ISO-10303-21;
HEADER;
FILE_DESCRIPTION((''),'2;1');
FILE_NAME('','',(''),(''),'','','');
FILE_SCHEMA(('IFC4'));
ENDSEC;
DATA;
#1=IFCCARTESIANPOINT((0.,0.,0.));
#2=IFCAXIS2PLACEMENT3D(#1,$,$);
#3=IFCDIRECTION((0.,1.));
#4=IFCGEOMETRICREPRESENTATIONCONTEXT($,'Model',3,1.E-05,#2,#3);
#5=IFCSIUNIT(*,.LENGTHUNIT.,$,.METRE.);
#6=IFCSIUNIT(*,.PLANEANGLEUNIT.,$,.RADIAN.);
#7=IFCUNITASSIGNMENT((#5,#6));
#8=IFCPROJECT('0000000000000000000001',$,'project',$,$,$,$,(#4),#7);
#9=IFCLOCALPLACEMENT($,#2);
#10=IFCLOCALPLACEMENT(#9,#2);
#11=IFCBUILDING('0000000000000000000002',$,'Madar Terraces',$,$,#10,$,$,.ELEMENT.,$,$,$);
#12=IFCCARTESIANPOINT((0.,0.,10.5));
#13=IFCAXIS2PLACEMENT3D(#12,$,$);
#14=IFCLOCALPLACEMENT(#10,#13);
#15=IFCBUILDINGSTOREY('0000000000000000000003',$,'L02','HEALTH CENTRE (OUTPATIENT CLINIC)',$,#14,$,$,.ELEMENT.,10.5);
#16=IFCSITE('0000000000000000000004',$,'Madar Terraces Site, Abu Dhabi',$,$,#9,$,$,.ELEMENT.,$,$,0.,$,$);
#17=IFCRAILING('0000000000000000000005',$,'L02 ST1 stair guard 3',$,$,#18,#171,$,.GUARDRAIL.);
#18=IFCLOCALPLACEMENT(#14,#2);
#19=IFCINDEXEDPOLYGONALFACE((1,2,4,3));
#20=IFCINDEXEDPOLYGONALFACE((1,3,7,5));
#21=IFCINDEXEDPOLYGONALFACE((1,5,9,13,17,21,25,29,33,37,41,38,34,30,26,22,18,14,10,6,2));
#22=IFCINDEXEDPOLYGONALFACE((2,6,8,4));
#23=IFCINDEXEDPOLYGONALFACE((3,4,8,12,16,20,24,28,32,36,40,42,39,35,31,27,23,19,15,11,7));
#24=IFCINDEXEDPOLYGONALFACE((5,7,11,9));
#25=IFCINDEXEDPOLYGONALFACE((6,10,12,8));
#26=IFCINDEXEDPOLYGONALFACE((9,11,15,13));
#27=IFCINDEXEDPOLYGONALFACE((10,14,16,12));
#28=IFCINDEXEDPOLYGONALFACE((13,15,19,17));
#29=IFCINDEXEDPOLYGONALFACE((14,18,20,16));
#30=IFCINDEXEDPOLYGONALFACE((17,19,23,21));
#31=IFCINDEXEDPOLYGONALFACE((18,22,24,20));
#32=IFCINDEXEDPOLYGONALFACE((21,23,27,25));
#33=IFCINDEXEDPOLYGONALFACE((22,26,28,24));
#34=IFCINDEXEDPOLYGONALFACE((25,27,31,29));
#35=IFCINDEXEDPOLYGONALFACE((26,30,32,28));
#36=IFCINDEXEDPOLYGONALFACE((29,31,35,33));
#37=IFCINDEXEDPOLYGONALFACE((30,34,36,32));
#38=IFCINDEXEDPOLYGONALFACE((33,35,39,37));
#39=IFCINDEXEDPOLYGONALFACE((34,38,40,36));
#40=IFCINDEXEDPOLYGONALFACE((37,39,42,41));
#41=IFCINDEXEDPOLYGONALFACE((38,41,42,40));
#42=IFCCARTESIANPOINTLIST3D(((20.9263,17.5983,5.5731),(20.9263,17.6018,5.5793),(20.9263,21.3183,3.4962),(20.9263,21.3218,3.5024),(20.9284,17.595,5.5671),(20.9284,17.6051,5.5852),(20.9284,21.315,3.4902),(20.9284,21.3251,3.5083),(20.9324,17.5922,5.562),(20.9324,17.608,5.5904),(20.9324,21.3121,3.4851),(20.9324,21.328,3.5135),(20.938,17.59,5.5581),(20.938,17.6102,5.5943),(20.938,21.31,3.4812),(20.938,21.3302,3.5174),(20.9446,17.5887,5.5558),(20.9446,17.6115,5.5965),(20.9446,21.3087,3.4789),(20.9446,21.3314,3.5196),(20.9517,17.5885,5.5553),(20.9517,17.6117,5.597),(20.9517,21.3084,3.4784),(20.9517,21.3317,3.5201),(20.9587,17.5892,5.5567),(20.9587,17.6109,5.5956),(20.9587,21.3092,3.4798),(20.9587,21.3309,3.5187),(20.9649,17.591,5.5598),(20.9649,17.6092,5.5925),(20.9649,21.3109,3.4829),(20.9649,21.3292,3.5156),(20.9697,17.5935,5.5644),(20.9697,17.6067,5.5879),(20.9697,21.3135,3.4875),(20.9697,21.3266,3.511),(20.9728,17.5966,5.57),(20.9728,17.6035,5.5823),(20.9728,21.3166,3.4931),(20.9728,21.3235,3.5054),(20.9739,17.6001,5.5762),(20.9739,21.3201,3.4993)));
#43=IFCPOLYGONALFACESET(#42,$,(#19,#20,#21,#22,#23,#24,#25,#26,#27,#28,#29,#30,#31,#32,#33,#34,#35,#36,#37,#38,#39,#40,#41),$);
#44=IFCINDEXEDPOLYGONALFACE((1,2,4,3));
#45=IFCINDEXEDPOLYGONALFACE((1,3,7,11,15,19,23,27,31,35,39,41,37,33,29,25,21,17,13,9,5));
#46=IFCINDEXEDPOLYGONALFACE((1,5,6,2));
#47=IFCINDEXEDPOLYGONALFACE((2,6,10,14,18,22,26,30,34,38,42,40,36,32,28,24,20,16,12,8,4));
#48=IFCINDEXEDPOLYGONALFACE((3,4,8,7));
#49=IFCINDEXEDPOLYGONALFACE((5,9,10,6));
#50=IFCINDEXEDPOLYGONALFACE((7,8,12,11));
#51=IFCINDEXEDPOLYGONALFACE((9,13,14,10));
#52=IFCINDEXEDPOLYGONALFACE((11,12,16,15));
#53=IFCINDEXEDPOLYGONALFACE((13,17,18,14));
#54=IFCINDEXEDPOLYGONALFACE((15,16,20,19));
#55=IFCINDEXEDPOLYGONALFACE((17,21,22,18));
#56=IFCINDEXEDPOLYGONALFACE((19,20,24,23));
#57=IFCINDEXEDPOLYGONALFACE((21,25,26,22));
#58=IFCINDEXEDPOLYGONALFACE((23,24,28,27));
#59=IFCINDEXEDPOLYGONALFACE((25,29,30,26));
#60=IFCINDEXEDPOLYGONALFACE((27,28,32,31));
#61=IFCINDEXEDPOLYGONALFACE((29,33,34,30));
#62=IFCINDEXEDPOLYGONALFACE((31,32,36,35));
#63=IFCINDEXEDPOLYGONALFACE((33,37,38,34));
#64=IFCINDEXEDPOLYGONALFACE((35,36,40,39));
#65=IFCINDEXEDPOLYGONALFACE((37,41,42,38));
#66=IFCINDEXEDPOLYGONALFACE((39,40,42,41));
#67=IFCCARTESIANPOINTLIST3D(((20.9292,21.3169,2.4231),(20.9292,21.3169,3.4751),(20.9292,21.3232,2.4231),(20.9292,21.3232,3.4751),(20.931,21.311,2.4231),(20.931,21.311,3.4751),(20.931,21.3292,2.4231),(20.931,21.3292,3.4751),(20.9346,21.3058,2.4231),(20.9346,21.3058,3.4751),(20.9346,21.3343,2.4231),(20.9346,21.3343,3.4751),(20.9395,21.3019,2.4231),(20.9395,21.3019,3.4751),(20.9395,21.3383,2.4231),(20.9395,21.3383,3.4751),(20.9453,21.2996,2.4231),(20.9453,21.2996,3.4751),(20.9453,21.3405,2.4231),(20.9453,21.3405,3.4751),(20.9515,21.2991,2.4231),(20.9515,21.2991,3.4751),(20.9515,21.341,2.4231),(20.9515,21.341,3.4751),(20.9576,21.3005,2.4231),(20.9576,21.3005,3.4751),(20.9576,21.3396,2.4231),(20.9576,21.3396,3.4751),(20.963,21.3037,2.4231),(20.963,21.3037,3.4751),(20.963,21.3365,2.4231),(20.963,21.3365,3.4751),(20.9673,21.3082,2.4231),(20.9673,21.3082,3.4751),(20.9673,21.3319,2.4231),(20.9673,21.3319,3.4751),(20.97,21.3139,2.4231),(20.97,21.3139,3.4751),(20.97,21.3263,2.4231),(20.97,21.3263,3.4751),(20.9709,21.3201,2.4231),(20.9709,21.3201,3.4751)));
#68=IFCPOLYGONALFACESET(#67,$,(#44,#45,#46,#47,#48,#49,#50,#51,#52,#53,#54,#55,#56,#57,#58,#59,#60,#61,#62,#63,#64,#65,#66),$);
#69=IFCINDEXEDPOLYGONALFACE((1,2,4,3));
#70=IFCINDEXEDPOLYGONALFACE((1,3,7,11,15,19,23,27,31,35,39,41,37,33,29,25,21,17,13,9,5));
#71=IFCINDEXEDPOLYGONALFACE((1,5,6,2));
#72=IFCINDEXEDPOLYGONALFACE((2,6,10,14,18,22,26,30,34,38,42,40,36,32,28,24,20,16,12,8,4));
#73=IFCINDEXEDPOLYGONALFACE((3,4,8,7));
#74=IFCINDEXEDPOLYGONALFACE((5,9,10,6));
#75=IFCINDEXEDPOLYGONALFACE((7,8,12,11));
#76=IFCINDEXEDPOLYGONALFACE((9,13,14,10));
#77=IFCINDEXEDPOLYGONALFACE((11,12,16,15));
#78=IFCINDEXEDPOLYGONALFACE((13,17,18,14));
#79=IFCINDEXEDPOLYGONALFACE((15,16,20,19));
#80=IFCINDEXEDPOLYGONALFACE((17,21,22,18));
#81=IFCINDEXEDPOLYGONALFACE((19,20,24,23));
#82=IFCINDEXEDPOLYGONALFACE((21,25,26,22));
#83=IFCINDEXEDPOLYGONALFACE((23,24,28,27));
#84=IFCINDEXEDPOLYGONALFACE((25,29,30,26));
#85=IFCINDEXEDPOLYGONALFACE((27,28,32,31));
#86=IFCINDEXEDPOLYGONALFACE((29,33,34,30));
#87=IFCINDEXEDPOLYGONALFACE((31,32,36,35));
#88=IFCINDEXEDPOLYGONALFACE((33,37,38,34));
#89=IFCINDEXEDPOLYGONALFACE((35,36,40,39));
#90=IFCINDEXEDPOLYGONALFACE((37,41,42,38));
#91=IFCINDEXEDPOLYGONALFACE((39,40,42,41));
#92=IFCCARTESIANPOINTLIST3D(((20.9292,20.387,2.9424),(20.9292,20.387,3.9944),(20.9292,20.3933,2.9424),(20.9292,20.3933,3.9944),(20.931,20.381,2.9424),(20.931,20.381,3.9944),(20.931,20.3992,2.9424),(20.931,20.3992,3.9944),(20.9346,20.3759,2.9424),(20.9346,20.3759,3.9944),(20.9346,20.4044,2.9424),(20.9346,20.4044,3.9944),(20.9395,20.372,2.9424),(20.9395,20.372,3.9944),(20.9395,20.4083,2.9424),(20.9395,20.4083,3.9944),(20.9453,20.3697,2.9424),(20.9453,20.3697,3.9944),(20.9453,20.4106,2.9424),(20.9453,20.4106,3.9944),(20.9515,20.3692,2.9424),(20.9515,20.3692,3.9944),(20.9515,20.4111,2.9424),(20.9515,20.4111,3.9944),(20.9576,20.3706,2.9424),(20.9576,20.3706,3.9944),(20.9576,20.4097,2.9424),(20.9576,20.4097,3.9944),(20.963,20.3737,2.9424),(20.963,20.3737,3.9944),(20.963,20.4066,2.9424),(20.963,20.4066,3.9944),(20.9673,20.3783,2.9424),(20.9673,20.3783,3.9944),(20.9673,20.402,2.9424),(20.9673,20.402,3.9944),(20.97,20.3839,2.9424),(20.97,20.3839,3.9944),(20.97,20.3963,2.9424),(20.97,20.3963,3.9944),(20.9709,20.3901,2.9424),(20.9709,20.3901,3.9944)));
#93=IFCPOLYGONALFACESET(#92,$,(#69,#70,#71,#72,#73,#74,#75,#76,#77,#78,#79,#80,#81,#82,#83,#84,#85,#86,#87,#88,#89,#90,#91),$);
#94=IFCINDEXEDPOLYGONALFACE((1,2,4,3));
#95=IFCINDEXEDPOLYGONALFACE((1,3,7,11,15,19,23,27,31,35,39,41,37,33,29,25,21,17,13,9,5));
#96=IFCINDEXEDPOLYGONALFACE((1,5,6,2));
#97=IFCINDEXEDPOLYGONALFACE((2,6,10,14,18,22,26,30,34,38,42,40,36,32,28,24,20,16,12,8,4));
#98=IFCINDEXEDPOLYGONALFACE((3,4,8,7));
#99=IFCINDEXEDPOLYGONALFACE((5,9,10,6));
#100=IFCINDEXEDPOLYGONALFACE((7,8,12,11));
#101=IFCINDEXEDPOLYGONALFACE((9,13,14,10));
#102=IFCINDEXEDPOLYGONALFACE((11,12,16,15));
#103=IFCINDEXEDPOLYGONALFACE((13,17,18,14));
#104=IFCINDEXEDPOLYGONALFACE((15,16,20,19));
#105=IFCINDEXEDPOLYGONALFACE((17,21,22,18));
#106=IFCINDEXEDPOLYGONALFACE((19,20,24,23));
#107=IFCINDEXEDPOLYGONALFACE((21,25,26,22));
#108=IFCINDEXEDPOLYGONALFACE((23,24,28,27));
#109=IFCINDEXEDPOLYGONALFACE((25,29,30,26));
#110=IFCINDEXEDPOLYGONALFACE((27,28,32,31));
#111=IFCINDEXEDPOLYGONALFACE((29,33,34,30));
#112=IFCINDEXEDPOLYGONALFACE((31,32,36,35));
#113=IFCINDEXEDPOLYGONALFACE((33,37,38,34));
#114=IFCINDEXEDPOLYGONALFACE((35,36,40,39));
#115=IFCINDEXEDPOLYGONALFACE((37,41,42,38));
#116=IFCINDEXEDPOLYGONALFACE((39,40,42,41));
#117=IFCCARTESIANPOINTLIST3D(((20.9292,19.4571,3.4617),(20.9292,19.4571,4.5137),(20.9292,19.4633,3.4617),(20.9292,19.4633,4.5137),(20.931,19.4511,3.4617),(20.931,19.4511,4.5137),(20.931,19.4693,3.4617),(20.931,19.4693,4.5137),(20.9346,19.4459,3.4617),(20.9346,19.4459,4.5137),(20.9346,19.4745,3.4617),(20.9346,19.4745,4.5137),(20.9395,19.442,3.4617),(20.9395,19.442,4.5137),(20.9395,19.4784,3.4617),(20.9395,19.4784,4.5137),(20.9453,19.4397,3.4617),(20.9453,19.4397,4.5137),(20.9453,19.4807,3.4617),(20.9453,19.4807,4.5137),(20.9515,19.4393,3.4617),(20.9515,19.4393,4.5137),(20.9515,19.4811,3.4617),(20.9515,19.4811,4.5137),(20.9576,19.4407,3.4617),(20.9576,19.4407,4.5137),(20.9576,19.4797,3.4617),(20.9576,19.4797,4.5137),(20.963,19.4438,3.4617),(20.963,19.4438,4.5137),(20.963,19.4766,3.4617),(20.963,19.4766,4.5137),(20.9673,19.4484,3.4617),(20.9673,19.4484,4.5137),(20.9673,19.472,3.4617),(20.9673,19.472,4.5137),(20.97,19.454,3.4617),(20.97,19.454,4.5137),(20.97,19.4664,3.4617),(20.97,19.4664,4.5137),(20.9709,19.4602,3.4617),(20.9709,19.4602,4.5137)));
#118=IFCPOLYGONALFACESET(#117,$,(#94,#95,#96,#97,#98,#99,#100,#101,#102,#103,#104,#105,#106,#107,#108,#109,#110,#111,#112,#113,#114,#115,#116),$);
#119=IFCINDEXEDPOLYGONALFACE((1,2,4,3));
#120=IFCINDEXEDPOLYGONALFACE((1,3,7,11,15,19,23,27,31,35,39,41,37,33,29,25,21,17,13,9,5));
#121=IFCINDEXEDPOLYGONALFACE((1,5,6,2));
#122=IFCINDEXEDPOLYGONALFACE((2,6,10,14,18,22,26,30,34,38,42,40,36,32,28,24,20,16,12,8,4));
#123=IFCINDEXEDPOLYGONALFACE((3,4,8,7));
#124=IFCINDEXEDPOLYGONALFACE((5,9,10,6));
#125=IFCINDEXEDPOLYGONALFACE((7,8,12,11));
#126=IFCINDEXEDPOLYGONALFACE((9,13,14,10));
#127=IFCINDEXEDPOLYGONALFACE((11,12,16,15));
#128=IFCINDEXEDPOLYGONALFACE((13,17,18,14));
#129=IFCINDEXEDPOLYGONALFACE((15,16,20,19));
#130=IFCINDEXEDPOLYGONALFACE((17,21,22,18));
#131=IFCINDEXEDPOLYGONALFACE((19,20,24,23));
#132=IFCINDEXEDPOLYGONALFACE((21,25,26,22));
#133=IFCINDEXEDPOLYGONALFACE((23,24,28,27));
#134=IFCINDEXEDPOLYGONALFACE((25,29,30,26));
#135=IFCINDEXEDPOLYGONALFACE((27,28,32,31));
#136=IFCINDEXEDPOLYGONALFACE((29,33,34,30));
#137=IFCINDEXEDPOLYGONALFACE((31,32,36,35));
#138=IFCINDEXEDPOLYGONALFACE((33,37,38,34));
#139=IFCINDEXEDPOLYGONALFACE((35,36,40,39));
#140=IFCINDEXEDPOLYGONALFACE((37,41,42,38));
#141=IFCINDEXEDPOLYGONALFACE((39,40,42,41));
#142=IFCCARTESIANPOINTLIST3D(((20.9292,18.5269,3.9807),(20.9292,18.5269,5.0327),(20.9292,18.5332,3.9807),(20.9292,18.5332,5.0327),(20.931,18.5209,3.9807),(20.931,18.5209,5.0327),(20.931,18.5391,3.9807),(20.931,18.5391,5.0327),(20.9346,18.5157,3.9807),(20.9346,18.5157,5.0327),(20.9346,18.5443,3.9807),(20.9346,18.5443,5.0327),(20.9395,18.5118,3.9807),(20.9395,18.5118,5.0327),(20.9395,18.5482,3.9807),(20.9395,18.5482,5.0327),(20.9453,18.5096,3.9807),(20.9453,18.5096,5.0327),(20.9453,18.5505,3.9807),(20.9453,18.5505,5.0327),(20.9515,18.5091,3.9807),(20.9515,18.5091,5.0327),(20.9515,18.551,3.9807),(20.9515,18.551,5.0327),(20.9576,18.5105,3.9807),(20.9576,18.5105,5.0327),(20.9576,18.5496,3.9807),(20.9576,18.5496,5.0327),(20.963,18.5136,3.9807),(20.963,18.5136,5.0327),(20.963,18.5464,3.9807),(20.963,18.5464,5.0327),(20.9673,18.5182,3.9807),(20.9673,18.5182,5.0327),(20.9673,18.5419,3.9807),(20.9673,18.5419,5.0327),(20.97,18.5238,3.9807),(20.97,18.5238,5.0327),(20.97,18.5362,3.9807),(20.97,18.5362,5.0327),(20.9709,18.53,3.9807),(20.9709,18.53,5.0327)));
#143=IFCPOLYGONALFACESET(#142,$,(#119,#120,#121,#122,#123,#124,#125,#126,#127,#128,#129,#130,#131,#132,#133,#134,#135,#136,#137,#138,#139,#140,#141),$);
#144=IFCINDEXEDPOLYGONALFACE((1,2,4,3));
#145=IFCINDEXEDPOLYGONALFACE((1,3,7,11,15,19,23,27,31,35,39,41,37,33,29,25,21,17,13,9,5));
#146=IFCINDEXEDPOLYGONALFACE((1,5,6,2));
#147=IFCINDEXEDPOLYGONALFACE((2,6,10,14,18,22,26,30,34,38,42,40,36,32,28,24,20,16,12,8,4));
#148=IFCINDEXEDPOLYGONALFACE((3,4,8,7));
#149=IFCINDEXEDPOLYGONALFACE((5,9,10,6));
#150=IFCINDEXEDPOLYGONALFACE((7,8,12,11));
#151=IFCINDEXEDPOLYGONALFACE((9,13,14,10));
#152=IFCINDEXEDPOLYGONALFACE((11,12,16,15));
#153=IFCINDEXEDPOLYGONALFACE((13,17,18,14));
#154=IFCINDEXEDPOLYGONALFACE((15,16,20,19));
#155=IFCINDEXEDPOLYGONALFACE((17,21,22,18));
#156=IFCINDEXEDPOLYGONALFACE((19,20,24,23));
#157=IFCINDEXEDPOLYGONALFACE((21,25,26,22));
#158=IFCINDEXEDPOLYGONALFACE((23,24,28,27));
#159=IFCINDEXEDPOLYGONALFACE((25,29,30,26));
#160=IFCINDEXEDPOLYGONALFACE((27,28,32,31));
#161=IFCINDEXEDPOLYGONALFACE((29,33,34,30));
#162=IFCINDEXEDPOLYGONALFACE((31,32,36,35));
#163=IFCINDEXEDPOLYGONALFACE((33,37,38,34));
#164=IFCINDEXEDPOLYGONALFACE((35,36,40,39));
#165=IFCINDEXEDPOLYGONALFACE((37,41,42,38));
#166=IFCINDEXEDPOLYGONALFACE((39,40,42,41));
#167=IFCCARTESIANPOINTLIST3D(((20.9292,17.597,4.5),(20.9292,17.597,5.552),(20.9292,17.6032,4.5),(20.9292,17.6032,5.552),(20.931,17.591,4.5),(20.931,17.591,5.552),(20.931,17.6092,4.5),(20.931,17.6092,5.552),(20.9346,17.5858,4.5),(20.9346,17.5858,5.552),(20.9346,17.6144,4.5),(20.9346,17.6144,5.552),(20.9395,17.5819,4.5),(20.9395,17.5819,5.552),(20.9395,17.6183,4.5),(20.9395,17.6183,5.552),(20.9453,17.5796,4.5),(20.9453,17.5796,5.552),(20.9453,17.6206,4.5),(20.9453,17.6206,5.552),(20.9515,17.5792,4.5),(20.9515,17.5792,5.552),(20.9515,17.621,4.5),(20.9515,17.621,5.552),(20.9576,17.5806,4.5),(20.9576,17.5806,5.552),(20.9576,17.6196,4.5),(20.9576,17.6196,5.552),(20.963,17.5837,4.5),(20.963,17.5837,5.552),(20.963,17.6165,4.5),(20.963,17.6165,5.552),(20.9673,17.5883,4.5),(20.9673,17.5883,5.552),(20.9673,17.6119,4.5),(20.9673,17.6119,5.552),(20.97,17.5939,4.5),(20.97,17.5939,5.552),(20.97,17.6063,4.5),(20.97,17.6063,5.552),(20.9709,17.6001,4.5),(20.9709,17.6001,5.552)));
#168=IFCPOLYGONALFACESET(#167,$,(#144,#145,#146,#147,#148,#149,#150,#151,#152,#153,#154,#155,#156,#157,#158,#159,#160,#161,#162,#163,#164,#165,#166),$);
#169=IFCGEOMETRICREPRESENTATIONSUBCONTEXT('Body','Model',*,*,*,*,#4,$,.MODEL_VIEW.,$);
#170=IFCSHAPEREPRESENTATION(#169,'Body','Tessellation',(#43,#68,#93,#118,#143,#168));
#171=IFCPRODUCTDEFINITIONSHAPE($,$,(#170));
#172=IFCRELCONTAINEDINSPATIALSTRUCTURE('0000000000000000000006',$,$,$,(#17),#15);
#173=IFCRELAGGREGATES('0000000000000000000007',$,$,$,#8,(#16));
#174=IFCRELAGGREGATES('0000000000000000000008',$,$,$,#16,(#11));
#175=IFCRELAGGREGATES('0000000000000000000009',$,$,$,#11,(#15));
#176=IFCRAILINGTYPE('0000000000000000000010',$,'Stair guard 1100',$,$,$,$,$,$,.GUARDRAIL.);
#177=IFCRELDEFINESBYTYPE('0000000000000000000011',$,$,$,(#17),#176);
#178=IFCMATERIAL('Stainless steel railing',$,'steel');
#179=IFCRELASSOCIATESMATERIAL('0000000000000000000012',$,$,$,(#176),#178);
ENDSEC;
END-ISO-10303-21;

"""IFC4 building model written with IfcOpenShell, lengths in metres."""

from ifc_helpers import new_model, si_unit, direction, frame, origin, origin_2d, place, context, subcontext, project, spatial, circle, extrude, material, type_object, element, save


model = new_model("IFC4")

# Units and contexts
model_context = context("Model", 3, precision=1e-05, world=origin(), true_north=direction((0.0, 1.0)))
body_context = subcontext(model_context, "Body", "Model", "MODEL_VIEW")
ifc_project = project(units=[si_unit("LENGTHUNIT", "METRE"), si_unit("PLANEANGLEUNIT", "RADIAN")], contexts=[model_context])

# Site, building, storey
site_placement = place(None, origin())
site = spatial("IfcSite", under=ifc_project, at=site_placement, Name="Madar Terraces Site, Abu Dhabi", CompositionType="ELEMENT", RefElevation=0.0)
building_placement = place(site_placement, origin())
building = spatial("IfcBuilding", under=site, at=building_placement, Name="Madar Terraces", CompositionType="ELEMENT")
storey_placement = place(building_placement, frame((0.0, 0.0, 10.5)))
storey = spatial("IfcBuildingStorey", under=building, at=storey_placement, Name="L02", Description="HEALTH CENTRE (OUTPATIENT CLINIC)", CompositionType="ELEMENT", Elevation=10.5)

# Railing
ifc_material_1 = material(Name="Stainless steel railing", Category="steel")
railing_type = type_object("IfcRailingType", Name="Stair guard 1100", PredefinedType="GUARDRAIL", material=ifc_material_1)
railing_1_placement = place(storey_placement, frame((20.95, 21.3201, 2.4231)))
element("IfcRailing", 1, at=railing_1_placement, inside=storey, type_object=railing_type, Name="L02 ST1 stair guard 3", PredefinedType="GUARDRAIL", context=body_context, shape_type="SweptSolid", body=[
    extrude(circle(Radius=0.0239, at=origin_2d()), frame((0.0, 0.0, 1.0762), z_axis=(0.0, -0.873134, 0.487481), x_axis=(1.0, 0.0, 0.0)), (0.0, 0.0, 1.0), 4.2605),
    extrude(circle(Radius=0.021, at=origin_2d()), origin(), (0.0, 0.0, 1.0), 1.052),
    extrude(circle(Radius=0.021, at=origin_2d()), frame((0.0, -0.9299, 0.5193)), (0.0, 0.0, 1.0), 1.052),
    extrude(circle(Radius=0.021, at=origin_2d()), frame((0.0, -1.8599, 1.0386)), (0.0, 0.0, 1.0), 1.052),
    extrude(circle(Radius=0.021, at=origin_2d()), frame((0.0, -2.79, 1.5576)), (0.0, 0.0, 1.0), 1.052),
    extrude(circle(Radius=0.021, at=origin_2d()), frame((0.0, -3.72, 2.0769)), (0.0, 0.0, 1.0), 1.052),
])

save(model, "model.ifc")
